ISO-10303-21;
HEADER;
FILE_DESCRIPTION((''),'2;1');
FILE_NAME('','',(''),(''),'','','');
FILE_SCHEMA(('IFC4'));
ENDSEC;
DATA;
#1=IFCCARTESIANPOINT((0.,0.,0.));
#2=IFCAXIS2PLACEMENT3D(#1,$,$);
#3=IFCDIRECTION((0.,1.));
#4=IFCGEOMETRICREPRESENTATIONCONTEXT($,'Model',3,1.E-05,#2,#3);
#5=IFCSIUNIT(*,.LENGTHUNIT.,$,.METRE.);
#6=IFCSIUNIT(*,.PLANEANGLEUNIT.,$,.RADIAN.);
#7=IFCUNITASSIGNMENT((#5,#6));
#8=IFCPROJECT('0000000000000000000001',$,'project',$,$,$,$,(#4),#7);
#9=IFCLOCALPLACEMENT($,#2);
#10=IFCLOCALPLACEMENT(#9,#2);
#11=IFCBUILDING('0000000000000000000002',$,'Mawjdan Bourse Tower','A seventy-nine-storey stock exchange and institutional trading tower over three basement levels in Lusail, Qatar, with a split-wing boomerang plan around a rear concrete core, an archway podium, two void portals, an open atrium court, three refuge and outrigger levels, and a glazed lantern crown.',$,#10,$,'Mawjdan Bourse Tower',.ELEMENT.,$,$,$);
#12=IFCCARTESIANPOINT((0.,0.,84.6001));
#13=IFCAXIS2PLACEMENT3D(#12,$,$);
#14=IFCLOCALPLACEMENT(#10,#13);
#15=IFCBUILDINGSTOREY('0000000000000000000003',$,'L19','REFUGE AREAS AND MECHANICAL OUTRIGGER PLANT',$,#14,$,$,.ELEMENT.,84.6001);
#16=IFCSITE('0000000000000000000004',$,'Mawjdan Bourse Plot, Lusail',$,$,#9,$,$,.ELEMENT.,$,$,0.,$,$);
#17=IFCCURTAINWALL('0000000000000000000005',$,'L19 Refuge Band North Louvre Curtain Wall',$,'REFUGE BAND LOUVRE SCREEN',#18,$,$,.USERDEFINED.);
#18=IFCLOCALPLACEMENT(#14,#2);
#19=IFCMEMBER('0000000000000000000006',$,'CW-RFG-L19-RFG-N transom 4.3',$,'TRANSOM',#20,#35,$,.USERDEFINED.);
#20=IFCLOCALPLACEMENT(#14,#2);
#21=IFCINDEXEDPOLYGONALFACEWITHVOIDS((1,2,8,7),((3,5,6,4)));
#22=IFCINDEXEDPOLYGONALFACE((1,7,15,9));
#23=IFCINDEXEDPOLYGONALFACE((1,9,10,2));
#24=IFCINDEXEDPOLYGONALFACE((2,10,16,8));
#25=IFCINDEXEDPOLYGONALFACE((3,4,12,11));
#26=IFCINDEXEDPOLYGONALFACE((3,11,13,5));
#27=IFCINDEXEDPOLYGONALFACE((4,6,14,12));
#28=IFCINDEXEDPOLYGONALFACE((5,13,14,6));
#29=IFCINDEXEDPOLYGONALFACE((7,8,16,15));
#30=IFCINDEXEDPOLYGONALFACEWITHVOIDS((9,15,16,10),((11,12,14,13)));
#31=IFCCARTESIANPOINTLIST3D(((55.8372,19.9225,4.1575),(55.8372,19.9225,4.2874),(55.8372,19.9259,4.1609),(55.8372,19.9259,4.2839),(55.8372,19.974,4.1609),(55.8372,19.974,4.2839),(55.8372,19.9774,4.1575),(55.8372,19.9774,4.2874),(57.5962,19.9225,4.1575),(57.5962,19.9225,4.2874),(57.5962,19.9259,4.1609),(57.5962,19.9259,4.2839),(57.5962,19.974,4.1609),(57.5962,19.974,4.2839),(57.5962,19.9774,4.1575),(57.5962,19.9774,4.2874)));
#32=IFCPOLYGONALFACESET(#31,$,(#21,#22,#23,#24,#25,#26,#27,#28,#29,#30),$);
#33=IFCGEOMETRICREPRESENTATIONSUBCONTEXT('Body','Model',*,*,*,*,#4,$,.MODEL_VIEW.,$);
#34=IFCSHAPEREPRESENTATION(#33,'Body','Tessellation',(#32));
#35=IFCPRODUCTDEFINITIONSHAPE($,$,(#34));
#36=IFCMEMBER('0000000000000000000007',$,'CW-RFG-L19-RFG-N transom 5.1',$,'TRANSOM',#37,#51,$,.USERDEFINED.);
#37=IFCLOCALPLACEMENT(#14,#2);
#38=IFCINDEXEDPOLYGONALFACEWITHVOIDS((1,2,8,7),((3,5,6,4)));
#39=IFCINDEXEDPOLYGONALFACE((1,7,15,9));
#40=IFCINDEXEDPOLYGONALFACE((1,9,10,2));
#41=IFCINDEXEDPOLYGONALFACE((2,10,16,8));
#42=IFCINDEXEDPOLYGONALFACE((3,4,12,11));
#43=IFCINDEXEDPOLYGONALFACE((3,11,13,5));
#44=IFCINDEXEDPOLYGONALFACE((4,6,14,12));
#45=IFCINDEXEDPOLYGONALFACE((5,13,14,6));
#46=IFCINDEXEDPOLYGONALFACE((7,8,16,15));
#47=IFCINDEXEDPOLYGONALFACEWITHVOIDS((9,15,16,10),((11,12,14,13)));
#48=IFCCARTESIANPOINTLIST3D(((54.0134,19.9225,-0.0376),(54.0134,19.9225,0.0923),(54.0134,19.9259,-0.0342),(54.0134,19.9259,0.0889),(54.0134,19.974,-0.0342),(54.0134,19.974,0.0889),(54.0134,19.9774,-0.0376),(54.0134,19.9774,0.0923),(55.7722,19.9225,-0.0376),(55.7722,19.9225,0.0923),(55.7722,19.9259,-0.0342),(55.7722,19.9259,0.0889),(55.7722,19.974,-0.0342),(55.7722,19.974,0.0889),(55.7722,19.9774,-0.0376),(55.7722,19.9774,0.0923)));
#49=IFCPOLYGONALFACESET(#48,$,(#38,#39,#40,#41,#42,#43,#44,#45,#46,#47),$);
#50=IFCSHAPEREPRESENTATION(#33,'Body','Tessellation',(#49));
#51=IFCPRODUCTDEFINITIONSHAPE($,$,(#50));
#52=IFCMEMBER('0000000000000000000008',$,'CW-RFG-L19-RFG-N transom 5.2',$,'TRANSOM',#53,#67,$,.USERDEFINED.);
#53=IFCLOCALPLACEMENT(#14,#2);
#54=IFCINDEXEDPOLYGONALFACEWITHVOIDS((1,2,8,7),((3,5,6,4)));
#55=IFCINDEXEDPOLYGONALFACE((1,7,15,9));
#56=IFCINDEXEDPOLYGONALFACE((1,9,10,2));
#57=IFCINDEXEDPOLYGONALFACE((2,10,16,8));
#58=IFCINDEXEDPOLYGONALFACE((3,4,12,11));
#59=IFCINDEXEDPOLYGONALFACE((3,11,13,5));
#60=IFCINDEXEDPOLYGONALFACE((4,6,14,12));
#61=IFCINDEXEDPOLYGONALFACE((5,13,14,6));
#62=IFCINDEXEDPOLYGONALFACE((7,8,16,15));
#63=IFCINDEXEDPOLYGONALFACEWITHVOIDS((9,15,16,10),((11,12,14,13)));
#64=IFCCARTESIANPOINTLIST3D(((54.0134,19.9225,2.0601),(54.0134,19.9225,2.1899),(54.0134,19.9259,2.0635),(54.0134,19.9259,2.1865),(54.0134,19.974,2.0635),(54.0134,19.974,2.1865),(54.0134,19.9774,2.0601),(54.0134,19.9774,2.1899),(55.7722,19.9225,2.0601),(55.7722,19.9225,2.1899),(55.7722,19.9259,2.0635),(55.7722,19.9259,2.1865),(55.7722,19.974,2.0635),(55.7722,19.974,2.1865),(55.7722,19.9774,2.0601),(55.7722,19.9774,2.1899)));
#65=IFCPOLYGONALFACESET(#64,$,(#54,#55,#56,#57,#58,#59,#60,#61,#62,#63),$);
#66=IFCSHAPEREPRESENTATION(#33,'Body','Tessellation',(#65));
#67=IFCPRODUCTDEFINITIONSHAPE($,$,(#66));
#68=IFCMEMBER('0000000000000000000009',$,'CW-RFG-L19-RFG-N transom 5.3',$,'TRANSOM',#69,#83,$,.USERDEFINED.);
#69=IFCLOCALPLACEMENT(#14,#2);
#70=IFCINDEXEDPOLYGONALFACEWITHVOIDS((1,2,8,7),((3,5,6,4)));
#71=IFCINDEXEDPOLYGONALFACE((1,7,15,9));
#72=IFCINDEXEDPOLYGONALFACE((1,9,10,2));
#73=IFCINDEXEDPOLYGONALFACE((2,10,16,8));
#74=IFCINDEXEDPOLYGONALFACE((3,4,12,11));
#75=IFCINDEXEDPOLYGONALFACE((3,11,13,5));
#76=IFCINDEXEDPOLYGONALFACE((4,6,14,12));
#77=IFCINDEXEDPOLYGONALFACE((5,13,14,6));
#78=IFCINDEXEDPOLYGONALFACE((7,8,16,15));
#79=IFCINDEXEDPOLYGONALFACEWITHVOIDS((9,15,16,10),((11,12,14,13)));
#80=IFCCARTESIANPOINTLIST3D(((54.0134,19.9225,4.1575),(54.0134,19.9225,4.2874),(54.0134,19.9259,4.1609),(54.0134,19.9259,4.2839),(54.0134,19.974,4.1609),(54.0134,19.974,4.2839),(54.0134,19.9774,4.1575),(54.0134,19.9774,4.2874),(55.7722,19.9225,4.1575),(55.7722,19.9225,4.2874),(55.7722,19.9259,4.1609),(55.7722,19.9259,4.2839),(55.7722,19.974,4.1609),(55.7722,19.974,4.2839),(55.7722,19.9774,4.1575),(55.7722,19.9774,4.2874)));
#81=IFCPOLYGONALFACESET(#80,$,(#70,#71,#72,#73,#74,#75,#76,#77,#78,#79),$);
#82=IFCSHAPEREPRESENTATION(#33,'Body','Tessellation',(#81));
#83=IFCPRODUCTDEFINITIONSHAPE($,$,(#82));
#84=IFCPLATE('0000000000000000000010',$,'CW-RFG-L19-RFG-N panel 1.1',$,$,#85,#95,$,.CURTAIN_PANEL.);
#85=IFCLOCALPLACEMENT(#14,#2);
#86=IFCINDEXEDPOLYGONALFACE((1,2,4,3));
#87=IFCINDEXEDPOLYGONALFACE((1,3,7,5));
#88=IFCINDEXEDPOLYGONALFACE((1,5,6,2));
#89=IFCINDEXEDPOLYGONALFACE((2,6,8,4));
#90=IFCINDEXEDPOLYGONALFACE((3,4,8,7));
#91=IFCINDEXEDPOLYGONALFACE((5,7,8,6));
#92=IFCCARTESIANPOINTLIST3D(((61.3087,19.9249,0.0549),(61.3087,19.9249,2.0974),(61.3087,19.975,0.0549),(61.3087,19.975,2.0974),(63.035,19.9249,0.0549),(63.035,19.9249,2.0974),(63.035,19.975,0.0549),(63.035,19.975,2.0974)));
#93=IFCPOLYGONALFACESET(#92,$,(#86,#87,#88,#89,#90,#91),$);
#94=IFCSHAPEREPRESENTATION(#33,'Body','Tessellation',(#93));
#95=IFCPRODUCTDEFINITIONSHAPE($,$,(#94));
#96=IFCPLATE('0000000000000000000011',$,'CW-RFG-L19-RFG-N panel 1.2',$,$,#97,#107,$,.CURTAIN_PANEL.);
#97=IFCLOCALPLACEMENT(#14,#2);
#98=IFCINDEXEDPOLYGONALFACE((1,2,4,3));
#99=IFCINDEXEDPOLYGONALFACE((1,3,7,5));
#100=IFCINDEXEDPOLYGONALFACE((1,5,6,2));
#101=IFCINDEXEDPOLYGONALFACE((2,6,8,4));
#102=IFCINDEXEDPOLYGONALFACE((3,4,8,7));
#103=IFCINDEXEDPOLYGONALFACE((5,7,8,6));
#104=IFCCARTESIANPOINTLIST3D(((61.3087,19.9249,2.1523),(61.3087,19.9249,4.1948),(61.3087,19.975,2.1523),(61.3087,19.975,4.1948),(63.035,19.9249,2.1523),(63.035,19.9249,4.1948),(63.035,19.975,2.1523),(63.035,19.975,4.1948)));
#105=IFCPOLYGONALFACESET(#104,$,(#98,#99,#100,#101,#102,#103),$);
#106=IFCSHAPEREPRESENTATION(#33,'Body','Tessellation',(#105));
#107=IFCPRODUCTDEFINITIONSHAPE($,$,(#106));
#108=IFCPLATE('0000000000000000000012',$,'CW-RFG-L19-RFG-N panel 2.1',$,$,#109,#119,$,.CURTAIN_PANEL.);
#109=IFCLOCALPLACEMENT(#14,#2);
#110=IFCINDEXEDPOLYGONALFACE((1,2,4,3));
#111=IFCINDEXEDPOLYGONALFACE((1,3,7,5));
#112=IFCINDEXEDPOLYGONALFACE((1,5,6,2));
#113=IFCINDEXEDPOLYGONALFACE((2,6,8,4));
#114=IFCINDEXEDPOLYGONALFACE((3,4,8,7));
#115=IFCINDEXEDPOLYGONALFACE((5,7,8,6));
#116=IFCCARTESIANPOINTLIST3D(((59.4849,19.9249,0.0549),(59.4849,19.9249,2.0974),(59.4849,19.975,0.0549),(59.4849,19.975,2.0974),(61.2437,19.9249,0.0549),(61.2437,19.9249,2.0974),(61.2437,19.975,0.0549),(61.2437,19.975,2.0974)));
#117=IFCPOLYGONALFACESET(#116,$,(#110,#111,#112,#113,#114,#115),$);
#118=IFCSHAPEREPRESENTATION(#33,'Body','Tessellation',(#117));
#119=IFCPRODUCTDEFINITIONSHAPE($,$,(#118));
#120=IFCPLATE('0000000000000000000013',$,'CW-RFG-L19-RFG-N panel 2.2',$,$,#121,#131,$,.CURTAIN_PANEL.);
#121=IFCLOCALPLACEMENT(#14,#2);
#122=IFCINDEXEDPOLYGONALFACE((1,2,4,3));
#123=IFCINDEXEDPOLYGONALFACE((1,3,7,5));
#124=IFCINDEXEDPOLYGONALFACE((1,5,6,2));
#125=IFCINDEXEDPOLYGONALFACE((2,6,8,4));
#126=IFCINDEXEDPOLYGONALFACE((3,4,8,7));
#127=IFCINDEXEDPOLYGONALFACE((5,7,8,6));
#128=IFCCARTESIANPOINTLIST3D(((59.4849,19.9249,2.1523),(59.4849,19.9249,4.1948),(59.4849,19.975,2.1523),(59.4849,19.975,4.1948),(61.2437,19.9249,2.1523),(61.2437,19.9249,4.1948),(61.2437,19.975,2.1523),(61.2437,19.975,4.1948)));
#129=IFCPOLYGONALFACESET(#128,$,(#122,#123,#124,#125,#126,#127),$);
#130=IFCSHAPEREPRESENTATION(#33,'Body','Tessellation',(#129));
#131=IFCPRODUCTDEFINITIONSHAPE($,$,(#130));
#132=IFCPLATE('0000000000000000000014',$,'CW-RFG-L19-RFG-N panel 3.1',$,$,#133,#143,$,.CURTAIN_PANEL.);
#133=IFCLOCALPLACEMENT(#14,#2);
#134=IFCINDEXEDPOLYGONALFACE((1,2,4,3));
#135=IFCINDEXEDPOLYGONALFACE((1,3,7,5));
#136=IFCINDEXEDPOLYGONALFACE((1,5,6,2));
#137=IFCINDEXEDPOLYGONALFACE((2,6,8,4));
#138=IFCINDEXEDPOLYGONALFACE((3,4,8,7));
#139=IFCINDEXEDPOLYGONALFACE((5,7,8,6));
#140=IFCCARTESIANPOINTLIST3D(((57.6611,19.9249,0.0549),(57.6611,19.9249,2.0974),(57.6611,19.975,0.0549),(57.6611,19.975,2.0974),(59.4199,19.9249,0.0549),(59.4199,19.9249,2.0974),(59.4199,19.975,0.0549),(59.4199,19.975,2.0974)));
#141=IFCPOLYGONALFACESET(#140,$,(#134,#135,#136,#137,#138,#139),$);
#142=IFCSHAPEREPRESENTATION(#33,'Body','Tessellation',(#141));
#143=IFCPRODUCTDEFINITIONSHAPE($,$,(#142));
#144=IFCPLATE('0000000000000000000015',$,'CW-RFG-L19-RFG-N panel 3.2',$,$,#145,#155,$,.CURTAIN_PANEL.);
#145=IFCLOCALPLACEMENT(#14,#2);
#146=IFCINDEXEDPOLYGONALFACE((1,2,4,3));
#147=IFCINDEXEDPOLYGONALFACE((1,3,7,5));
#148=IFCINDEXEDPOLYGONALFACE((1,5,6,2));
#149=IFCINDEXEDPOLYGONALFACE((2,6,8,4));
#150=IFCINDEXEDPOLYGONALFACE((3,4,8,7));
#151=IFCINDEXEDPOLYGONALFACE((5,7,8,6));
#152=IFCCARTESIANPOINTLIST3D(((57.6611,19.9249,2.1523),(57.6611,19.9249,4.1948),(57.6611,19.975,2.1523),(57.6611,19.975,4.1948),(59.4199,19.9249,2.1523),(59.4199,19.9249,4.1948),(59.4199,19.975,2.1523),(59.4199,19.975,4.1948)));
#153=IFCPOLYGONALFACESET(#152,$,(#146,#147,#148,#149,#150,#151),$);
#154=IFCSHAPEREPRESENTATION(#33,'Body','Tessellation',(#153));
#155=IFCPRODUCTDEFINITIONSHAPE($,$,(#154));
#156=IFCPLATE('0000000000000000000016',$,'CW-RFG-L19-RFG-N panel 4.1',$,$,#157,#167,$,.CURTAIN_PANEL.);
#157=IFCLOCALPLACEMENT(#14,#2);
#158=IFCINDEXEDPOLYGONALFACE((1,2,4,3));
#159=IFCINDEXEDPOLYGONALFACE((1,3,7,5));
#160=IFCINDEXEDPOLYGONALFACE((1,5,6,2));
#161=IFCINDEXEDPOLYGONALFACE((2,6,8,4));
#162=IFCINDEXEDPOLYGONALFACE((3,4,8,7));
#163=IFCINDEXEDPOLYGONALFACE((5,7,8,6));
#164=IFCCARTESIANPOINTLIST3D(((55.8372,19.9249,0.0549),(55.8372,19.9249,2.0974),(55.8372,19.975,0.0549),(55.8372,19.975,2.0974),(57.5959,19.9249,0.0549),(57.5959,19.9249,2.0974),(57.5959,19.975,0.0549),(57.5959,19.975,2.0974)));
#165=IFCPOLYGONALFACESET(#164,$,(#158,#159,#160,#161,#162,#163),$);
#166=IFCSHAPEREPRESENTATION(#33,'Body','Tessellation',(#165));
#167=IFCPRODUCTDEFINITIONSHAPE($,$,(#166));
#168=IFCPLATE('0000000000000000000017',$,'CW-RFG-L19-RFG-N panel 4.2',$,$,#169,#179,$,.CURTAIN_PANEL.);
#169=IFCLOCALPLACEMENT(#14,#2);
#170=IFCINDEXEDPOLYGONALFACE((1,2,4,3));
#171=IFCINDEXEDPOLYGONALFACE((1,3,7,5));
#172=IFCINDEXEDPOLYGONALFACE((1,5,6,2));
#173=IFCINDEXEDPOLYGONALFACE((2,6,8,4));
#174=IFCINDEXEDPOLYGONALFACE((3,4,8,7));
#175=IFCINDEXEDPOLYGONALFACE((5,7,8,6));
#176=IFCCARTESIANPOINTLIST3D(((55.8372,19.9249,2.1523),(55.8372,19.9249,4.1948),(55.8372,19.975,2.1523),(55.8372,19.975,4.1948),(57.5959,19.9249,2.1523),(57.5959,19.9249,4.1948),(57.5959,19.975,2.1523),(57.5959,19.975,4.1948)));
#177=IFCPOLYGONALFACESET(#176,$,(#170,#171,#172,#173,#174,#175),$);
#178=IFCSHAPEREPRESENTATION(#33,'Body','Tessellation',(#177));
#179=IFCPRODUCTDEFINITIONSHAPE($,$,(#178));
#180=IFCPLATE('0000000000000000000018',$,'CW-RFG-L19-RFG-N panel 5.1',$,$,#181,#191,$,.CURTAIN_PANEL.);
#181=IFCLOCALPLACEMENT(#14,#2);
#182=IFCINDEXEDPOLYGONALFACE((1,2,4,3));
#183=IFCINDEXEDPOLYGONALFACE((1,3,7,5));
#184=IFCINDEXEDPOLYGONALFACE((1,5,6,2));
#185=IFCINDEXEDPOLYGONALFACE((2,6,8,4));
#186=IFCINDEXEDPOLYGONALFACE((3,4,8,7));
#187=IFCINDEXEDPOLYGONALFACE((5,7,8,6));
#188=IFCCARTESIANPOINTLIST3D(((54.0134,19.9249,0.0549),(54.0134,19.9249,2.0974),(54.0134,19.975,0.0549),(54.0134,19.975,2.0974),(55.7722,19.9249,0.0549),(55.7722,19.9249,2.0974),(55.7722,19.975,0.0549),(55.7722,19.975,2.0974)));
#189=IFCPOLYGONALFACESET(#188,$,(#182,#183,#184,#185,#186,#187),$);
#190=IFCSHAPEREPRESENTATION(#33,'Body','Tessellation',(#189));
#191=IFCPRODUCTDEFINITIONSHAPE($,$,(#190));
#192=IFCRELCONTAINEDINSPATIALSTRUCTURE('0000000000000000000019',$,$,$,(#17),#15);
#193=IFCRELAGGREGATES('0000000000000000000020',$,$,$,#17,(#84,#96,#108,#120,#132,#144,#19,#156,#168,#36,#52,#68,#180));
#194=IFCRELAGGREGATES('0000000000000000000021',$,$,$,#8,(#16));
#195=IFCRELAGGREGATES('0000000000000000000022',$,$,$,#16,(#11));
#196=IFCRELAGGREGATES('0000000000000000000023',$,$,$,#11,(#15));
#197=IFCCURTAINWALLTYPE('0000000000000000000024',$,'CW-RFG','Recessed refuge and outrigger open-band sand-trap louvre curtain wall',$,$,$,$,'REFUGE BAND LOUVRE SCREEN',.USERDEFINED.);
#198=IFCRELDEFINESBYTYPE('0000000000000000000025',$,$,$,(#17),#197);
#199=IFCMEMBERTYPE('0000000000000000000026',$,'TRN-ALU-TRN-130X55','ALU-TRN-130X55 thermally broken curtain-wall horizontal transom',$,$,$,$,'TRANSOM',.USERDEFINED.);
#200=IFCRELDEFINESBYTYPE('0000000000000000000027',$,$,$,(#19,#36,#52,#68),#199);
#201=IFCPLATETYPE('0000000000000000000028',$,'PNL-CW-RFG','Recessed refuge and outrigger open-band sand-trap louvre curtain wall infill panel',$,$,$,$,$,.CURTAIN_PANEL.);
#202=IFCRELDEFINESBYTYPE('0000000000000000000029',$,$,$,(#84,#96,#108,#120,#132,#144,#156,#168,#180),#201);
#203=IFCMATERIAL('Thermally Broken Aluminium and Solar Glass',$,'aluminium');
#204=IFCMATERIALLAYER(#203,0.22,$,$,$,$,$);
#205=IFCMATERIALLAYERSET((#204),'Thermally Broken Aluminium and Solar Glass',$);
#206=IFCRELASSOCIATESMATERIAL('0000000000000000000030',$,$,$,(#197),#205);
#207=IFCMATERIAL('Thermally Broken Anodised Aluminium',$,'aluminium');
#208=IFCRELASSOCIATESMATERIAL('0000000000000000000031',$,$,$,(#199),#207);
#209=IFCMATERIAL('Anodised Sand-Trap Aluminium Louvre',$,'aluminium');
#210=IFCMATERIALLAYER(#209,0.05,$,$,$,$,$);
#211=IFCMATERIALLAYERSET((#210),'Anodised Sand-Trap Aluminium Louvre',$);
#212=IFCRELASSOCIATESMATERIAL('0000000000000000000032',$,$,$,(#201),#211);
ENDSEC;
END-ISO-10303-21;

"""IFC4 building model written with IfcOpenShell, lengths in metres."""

from ifc_helpers import new_model, si_unit, direction, frame, origin, origin_2d, place, context, subcontext, project, spatial, rectangle, hollow_rectangle, extrude, material, layer, layer_set, material_profile, profile_set, type_object, element, aggregate, save


model = new_model("IFC4")

# Units and contexts
model_context = context("Model", 3, precision=1e-05, world=origin(), true_north=direction((0.0, 1.0)))
body_context = subcontext(model_context, "Body", "Model", "MODEL_VIEW")
ifc_project = project(units=[si_unit("LENGTHUNIT", "METRE"), si_unit("PLANEANGLEUNIT", "RADIAN")], contexts=[model_context])

# Site, building, storey
site_placement = place(None, origin())
site = spatial("IfcSite", under=ifc_project, at=site_placement, Name="Mawjdan Bourse Plot, Lusail", CompositionType="ELEMENT", RefElevation=0.0)
building_placement = place(site_placement, origin())
building = spatial("IfcBuilding", under=site, at=building_placement, Name="Mawjdan Bourse Tower", Description="A seventy-nine-storey stock exchange and institutional trading tower over three basement levels in Lusail, Qatar, with a split-wing boomerang plan around a rear concrete core, an archway podium, two void portals, an open atrium court, three refuge and outrigger levels, and a glazed lantern crown.", LongName="Mawjdan Bourse Tower", CompositionType="ELEMENT")
storey_placement = place(building_placement, frame((0.0, 0.0, 84.6001)))
storey = spatial("IfcBuildingStorey", under=building, at=storey_placement, Name="L19", Description="REFUGE AREAS AND MECHANICAL OUTRIGGER PLANT", CompositionType="ELEMENT", Elevation=84.6001)

# Curtain wall
ifc_material_1 = material(Name="Thermally Broken Aluminium and Solar Glass", Category="aluminium")
ifc_layer_1 = layer(ifc_material_1, 0.22)
ifc_layer_set_1 = layer_set([ifc_layer_1], Name="Thermally Broken Aluminium and Solar Glass")
curtain_wall_type = type_object("IfcCurtainWallType", Name="CW-RFG", Description="Recessed refuge and outrigger open-band sand-trap louvre curtain wall", ElementType="REFUGE BAND LOUVRE SCREEN", PredefinedType="USERDEFINED", material=ifc_layer_set_1)
curtain_wall_placement = place(storey_placement, origin())
curtain_wall = element("IfcCurtainWall", 1, at=curtain_wall_placement, inside=storey, type_object=curtain_wall_type, Name="L19 Refuge Band North Louvre Curtain Wall", ObjectType="REFUGE BAND LOUVRE SCREEN", PredefinedType="USERDEFINED")
ifc_material_2 = material(Name="Thermally Broken Anodised Aluminium", Category="aluminium")

# Members
ifc_material_profile_1 = material_profile(ifc_material_2, hollow_rectangle(XDim=0.0549, YDim=0.1299, WallThickness=0.0034, at=origin_2d()), Name="ALU-TRN-130X55")
ifc_profile_set_1 = profile_set([ifc_material_profile_1], Name="Thermally Broken Anodised Aluminium")
member_type_1 = type_object("IfcMemberType", Name="TRN-ALU-TRN-130X55", Description="ALU-TRN-130X55 thermally broken curtain-wall horizontal transom", ElementType="TRANSOM", PredefinedType="USERDEFINED", material=ifc_profile_set_1)
member_1_placement = place(storey_placement, frame((57.5962, 19.95, 4.2224), z_axis=(-1.0, 0.0, 0.0), x_axis=(0.0, -1.0, 0.0)))
member_1 = element("IfcMember", 2, at=member_1_placement, type_object=member_type_1, Name="CW-RFG-L19-RFG-N transom 4.3", ObjectType="TRANSOM", PredefinedType="USERDEFINED", context=body_context, shape_type="SweptSolid", body=[
    extrude(hollow_rectangle(XDim=0.0549, YDim=0.1299, WallThickness=0.0034, at=origin_2d()), origin(), (0.0, 0.0, 1.0), 1.759),
])
member_2_placement = place(storey_placement, frame((55.7722, 19.95, 0.0273), z_axis=(-1.0, 0.0, 0.0), x_axis=(0.0, -1.0, 0.0)))
member_2 = element("IfcMember", 3, at=member_2_placement, type_object=member_type_1, Name="CW-RFG-L19-RFG-N transom 5.1", ObjectType="TRANSOM", PredefinedType="USERDEFINED", context=body_context, shape_type="SweptSolid", body=[
    extrude(hollow_rectangle(XDim=0.0549, YDim=0.1299, WallThickness=0.0034, at=origin_2d()), origin(), (0.0, 0.0, 1.0), 1.7588),
])
member_3_placement = place(storey_placement, frame((55.7722, 19.95, 2.125), z_axis=(-1.0, 0.0, 0.0), x_axis=(0.0, -1.0, 0.0)))
member_3 = element("IfcMember", 4, at=member_3_placement, type_object=member_type_1, Name="CW-RFG-L19-RFG-N transom 5.2", ObjectType="TRANSOM", PredefinedType="USERDEFINED", context=body_context, shape_type="SweptSolid", body=[
    extrude(hollow_rectangle(XDim=0.0549, YDim=0.1299, WallThickness=0.0034, at=origin_2d()), origin(), (0.0, 0.0, 1.0), 1.7588),
])
member_4_placement = place(storey_placement, frame((55.7722, 19.95, 4.2224), z_axis=(-1.0, 0.0, 0.0), x_axis=(0.0, -1.0, 0.0)))
member_4 = element("IfcMember", 5, at=member_4_placement, type_object=member_type_1, Name="CW-RFG-L19-RFG-N transom 5.3", ObjectType="TRANSOM", PredefinedType="USERDEFINED", context=body_context, shape_type="SweptSolid", body=[
    extrude(hollow_rectangle(XDim=0.0549, YDim=0.1299, WallThickness=0.0034, at=origin_2d()), origin(), (0.0, 0.0, 1.0), 1.7588),
])

# Plates
ifc_material_3 = material(Name="Anodised Sand-Trap Aluminium Louvre", Category="aluminium")
ifc_layer_2 = layer(ifc_material_3, 0.05)
ifc_layer_set_2 = layer_set([ifc_layer_2], Name="Anodised Sand-Trap Aluminium Louvre")
plate_type = type_object("IfcPlateType", Name="PNL-CW-RFG", Description="Recessed refuge and outrigger open-band sand-trap louvre curtain wall infill panel", PredefinedType="CURTAIN_PANEL", material=ifc_layer_set_2)
plate_1_placement = place(storey_placement, frame((62.1719, 19.95, 0.0549), z_axis=(0.0, 0.0, 1.0), x_axis=(-1.0, 0.0, 0.0)))
plate_1 = element("IfcPlate", 6, at=plate_1_placement, type_object=plate_type, Name="CW-RFG-L19-RFG-N panel 1.1", PredefinedType="CURTAIN_PANEL", context=body_context, shape_type="SweptSolid", body=[
    extrude(rectangle(XDim=1.7263, YDim=0.05, at=origin_2d()), origin(), (0.0, 0.0, 1.0), 2.0425),
])
plate_2_placement = place(storey_placement, frame((62.1719, 19.95, 2.1523), z_axis=(0.0, 0.0, 1.0), x_axis=(-1.0, 0.0, 0.0)))
plate_2 = element("IfcPlate", 7, at=plate_2_placement, type_object=plate_type, Name="CW-RFG-L19-RFG-N panel 1.2", PredefinedType="CURTAIN_PANEL", context=body_context, shape_type="SweptSolid", body=[
    extrude(rectangle(XDim=1.7263, YDim=0.05, at=origin_2d()), origin(), (0.0, 0.0, 1.0), 2.0425),
])
plate_3_placement = place(storey_placement, frame((60.3643, 19.95, 0.0549), z_axis=(0.0, 0.0, 1.0), x_axis=(-1.0, 0.0, 0.0)))
plate_3 = element("IfcPlate", 8, at=plate_3_placement, type_object=plate_type, Name="CW-RFG-L19-RFG-N panel 2.1", PredefinedType="CURTAIN_PANEL", context=body_context, shape_type="SweptSolid", body=[
    extrude(rectangle(XDim=1.7588, YDim=0.05, at=origin_2d()), origin(), (0.0, 0.0, 1.0), 2.0425),
])
plate_4_placement = place(storey_placement, frame((60.3643, 19.95, 2.1523), z_axis=(0.0, 0.0, 1.0), x_axis=(-1.0, 0.0, 0.0)))
plate_4 = element("IfcPlate", 9, at=plate_4_placement, type_object=plate_type, Name="CW-RFG-L19-RFG-N panel 2.2", PredefinedType="CURTAIN_PANEL", context=body_context, shape_type="SweptSolid", body=[
    extrude(rectangle(XDim=1.7588, YDim=0.05, at=origin_2d()), origin(), (0.0, 0.0, 1.0), 2.0425),
])
plate_5_placement = place(storey_placement, frame((58.5405, 19.95, 0.0549), z_axis=(0.0, 0.0, 1.0), x_axis=(-1.0, 0.0, 0.0)))
plate_5 = element("IfcPlate", 10, at=plate_5_placement, type_object=plate_type, Name="CW-RFG-L19-RFG-N panel 3.1", PredefinedType="CURTAIN_PANEL", context=body_context, shape_type="SweptSolid", body=[
    extrude(rectangle(XDim=1.7588, YDim=0.05, at=origin_2d()), origin(), (0.0, 0.0, 1.0), 2.0425),
])
plate_6_placement = place(storey_placement, frame((58.5405, 19.95, 2.1523), z_axis=(0.0, 0.0, 1.0), x_axis=(-1.0, 0.0, 0.0)))
plate_6 = element("IfcPlate", 11, at=plate_6_placement, type_object=plate_type, Name="CW-RFG-L19-RFG-N panel 3.2", PredefinedType="CURTAIN_PANEL", context=body_context, shape_type="SweptSolid", body=[
    extrude(rectangle(XDim=1.7588, YDim=0.05, at=origin_2d()), origin(), (0.0, 0.0, 1.0), 2.0425),
])
plate_7_placement = place(storey_placement, frame((56.7166, 19.95, 0.0549), z_axis=(0.0, 0.0, 1.0), x_axis=(-1.0, 0.0, 0.0)))
plate_7 = element("IfcPlate", 12, at=plate_7_placement, type_object=plate_type, Name="CW-RFG-L19-RFG-N panel 4.1", PredefinedType="CURTAIN_PANEL", context=body_context, shape_type="SweptSolid", body=[
    extrude(rectangle(XDim=1.7588, YDim=0.05, at=origin_2d()), origin(), (0.0, 0.0, 1.0), 2.0425),
])
plate_8_placement = place(storey_placement, frame((56.7166, 19.95, 2.1523), z_axis=(0.0, 0.0, 1.0), x_axis=(-1.0, 0.0, 0.0)))
plate_8 = element("IfcPlate", 13, at=plate_8_placement, type_object=plate_type, Name="CW-RFG-L19-RFG-N panel 4.2", PredefinedType="CURTAIN_PANEL", context=body_context, shape_type="SweptSolid", body=[
    extrude(rectangle(XDim=1.7588, YDim=0.05, at=origin_2d()), origin(), (0.0, 0.0, 1.0), 2.0425),
])
plate_9_placement = place(storey_placement, frame((54.8928, 19.95, 0.0549), z_axis=(0.0, 0.0, 1.0), x_axis=(-1.0, 0.0, 0.0)))
plate_9 = element("IfcPlate", 14, at=plate_9_placement, type_object=plate_type, Name="CW-RFG-L19-RFG-N panel 5.1", PredefinedType="CURTAIN_PANEL", context=body_context, shape_type="SweptSolid", body=[
    extrude(rectangle(XDim=1.7588, YDim=0.05, at=origin_2d()), origin(), (0.0, 0.0, 1.0), 2.0425),
])
aggregate(curtain_wall, [plate_1, plate_2, plate_3, plate_4, plate_5, plate_6, member_1, plate_7, plate_8, member_2, member_3, member_4, plate_9])

save(model, "model.ifc")
